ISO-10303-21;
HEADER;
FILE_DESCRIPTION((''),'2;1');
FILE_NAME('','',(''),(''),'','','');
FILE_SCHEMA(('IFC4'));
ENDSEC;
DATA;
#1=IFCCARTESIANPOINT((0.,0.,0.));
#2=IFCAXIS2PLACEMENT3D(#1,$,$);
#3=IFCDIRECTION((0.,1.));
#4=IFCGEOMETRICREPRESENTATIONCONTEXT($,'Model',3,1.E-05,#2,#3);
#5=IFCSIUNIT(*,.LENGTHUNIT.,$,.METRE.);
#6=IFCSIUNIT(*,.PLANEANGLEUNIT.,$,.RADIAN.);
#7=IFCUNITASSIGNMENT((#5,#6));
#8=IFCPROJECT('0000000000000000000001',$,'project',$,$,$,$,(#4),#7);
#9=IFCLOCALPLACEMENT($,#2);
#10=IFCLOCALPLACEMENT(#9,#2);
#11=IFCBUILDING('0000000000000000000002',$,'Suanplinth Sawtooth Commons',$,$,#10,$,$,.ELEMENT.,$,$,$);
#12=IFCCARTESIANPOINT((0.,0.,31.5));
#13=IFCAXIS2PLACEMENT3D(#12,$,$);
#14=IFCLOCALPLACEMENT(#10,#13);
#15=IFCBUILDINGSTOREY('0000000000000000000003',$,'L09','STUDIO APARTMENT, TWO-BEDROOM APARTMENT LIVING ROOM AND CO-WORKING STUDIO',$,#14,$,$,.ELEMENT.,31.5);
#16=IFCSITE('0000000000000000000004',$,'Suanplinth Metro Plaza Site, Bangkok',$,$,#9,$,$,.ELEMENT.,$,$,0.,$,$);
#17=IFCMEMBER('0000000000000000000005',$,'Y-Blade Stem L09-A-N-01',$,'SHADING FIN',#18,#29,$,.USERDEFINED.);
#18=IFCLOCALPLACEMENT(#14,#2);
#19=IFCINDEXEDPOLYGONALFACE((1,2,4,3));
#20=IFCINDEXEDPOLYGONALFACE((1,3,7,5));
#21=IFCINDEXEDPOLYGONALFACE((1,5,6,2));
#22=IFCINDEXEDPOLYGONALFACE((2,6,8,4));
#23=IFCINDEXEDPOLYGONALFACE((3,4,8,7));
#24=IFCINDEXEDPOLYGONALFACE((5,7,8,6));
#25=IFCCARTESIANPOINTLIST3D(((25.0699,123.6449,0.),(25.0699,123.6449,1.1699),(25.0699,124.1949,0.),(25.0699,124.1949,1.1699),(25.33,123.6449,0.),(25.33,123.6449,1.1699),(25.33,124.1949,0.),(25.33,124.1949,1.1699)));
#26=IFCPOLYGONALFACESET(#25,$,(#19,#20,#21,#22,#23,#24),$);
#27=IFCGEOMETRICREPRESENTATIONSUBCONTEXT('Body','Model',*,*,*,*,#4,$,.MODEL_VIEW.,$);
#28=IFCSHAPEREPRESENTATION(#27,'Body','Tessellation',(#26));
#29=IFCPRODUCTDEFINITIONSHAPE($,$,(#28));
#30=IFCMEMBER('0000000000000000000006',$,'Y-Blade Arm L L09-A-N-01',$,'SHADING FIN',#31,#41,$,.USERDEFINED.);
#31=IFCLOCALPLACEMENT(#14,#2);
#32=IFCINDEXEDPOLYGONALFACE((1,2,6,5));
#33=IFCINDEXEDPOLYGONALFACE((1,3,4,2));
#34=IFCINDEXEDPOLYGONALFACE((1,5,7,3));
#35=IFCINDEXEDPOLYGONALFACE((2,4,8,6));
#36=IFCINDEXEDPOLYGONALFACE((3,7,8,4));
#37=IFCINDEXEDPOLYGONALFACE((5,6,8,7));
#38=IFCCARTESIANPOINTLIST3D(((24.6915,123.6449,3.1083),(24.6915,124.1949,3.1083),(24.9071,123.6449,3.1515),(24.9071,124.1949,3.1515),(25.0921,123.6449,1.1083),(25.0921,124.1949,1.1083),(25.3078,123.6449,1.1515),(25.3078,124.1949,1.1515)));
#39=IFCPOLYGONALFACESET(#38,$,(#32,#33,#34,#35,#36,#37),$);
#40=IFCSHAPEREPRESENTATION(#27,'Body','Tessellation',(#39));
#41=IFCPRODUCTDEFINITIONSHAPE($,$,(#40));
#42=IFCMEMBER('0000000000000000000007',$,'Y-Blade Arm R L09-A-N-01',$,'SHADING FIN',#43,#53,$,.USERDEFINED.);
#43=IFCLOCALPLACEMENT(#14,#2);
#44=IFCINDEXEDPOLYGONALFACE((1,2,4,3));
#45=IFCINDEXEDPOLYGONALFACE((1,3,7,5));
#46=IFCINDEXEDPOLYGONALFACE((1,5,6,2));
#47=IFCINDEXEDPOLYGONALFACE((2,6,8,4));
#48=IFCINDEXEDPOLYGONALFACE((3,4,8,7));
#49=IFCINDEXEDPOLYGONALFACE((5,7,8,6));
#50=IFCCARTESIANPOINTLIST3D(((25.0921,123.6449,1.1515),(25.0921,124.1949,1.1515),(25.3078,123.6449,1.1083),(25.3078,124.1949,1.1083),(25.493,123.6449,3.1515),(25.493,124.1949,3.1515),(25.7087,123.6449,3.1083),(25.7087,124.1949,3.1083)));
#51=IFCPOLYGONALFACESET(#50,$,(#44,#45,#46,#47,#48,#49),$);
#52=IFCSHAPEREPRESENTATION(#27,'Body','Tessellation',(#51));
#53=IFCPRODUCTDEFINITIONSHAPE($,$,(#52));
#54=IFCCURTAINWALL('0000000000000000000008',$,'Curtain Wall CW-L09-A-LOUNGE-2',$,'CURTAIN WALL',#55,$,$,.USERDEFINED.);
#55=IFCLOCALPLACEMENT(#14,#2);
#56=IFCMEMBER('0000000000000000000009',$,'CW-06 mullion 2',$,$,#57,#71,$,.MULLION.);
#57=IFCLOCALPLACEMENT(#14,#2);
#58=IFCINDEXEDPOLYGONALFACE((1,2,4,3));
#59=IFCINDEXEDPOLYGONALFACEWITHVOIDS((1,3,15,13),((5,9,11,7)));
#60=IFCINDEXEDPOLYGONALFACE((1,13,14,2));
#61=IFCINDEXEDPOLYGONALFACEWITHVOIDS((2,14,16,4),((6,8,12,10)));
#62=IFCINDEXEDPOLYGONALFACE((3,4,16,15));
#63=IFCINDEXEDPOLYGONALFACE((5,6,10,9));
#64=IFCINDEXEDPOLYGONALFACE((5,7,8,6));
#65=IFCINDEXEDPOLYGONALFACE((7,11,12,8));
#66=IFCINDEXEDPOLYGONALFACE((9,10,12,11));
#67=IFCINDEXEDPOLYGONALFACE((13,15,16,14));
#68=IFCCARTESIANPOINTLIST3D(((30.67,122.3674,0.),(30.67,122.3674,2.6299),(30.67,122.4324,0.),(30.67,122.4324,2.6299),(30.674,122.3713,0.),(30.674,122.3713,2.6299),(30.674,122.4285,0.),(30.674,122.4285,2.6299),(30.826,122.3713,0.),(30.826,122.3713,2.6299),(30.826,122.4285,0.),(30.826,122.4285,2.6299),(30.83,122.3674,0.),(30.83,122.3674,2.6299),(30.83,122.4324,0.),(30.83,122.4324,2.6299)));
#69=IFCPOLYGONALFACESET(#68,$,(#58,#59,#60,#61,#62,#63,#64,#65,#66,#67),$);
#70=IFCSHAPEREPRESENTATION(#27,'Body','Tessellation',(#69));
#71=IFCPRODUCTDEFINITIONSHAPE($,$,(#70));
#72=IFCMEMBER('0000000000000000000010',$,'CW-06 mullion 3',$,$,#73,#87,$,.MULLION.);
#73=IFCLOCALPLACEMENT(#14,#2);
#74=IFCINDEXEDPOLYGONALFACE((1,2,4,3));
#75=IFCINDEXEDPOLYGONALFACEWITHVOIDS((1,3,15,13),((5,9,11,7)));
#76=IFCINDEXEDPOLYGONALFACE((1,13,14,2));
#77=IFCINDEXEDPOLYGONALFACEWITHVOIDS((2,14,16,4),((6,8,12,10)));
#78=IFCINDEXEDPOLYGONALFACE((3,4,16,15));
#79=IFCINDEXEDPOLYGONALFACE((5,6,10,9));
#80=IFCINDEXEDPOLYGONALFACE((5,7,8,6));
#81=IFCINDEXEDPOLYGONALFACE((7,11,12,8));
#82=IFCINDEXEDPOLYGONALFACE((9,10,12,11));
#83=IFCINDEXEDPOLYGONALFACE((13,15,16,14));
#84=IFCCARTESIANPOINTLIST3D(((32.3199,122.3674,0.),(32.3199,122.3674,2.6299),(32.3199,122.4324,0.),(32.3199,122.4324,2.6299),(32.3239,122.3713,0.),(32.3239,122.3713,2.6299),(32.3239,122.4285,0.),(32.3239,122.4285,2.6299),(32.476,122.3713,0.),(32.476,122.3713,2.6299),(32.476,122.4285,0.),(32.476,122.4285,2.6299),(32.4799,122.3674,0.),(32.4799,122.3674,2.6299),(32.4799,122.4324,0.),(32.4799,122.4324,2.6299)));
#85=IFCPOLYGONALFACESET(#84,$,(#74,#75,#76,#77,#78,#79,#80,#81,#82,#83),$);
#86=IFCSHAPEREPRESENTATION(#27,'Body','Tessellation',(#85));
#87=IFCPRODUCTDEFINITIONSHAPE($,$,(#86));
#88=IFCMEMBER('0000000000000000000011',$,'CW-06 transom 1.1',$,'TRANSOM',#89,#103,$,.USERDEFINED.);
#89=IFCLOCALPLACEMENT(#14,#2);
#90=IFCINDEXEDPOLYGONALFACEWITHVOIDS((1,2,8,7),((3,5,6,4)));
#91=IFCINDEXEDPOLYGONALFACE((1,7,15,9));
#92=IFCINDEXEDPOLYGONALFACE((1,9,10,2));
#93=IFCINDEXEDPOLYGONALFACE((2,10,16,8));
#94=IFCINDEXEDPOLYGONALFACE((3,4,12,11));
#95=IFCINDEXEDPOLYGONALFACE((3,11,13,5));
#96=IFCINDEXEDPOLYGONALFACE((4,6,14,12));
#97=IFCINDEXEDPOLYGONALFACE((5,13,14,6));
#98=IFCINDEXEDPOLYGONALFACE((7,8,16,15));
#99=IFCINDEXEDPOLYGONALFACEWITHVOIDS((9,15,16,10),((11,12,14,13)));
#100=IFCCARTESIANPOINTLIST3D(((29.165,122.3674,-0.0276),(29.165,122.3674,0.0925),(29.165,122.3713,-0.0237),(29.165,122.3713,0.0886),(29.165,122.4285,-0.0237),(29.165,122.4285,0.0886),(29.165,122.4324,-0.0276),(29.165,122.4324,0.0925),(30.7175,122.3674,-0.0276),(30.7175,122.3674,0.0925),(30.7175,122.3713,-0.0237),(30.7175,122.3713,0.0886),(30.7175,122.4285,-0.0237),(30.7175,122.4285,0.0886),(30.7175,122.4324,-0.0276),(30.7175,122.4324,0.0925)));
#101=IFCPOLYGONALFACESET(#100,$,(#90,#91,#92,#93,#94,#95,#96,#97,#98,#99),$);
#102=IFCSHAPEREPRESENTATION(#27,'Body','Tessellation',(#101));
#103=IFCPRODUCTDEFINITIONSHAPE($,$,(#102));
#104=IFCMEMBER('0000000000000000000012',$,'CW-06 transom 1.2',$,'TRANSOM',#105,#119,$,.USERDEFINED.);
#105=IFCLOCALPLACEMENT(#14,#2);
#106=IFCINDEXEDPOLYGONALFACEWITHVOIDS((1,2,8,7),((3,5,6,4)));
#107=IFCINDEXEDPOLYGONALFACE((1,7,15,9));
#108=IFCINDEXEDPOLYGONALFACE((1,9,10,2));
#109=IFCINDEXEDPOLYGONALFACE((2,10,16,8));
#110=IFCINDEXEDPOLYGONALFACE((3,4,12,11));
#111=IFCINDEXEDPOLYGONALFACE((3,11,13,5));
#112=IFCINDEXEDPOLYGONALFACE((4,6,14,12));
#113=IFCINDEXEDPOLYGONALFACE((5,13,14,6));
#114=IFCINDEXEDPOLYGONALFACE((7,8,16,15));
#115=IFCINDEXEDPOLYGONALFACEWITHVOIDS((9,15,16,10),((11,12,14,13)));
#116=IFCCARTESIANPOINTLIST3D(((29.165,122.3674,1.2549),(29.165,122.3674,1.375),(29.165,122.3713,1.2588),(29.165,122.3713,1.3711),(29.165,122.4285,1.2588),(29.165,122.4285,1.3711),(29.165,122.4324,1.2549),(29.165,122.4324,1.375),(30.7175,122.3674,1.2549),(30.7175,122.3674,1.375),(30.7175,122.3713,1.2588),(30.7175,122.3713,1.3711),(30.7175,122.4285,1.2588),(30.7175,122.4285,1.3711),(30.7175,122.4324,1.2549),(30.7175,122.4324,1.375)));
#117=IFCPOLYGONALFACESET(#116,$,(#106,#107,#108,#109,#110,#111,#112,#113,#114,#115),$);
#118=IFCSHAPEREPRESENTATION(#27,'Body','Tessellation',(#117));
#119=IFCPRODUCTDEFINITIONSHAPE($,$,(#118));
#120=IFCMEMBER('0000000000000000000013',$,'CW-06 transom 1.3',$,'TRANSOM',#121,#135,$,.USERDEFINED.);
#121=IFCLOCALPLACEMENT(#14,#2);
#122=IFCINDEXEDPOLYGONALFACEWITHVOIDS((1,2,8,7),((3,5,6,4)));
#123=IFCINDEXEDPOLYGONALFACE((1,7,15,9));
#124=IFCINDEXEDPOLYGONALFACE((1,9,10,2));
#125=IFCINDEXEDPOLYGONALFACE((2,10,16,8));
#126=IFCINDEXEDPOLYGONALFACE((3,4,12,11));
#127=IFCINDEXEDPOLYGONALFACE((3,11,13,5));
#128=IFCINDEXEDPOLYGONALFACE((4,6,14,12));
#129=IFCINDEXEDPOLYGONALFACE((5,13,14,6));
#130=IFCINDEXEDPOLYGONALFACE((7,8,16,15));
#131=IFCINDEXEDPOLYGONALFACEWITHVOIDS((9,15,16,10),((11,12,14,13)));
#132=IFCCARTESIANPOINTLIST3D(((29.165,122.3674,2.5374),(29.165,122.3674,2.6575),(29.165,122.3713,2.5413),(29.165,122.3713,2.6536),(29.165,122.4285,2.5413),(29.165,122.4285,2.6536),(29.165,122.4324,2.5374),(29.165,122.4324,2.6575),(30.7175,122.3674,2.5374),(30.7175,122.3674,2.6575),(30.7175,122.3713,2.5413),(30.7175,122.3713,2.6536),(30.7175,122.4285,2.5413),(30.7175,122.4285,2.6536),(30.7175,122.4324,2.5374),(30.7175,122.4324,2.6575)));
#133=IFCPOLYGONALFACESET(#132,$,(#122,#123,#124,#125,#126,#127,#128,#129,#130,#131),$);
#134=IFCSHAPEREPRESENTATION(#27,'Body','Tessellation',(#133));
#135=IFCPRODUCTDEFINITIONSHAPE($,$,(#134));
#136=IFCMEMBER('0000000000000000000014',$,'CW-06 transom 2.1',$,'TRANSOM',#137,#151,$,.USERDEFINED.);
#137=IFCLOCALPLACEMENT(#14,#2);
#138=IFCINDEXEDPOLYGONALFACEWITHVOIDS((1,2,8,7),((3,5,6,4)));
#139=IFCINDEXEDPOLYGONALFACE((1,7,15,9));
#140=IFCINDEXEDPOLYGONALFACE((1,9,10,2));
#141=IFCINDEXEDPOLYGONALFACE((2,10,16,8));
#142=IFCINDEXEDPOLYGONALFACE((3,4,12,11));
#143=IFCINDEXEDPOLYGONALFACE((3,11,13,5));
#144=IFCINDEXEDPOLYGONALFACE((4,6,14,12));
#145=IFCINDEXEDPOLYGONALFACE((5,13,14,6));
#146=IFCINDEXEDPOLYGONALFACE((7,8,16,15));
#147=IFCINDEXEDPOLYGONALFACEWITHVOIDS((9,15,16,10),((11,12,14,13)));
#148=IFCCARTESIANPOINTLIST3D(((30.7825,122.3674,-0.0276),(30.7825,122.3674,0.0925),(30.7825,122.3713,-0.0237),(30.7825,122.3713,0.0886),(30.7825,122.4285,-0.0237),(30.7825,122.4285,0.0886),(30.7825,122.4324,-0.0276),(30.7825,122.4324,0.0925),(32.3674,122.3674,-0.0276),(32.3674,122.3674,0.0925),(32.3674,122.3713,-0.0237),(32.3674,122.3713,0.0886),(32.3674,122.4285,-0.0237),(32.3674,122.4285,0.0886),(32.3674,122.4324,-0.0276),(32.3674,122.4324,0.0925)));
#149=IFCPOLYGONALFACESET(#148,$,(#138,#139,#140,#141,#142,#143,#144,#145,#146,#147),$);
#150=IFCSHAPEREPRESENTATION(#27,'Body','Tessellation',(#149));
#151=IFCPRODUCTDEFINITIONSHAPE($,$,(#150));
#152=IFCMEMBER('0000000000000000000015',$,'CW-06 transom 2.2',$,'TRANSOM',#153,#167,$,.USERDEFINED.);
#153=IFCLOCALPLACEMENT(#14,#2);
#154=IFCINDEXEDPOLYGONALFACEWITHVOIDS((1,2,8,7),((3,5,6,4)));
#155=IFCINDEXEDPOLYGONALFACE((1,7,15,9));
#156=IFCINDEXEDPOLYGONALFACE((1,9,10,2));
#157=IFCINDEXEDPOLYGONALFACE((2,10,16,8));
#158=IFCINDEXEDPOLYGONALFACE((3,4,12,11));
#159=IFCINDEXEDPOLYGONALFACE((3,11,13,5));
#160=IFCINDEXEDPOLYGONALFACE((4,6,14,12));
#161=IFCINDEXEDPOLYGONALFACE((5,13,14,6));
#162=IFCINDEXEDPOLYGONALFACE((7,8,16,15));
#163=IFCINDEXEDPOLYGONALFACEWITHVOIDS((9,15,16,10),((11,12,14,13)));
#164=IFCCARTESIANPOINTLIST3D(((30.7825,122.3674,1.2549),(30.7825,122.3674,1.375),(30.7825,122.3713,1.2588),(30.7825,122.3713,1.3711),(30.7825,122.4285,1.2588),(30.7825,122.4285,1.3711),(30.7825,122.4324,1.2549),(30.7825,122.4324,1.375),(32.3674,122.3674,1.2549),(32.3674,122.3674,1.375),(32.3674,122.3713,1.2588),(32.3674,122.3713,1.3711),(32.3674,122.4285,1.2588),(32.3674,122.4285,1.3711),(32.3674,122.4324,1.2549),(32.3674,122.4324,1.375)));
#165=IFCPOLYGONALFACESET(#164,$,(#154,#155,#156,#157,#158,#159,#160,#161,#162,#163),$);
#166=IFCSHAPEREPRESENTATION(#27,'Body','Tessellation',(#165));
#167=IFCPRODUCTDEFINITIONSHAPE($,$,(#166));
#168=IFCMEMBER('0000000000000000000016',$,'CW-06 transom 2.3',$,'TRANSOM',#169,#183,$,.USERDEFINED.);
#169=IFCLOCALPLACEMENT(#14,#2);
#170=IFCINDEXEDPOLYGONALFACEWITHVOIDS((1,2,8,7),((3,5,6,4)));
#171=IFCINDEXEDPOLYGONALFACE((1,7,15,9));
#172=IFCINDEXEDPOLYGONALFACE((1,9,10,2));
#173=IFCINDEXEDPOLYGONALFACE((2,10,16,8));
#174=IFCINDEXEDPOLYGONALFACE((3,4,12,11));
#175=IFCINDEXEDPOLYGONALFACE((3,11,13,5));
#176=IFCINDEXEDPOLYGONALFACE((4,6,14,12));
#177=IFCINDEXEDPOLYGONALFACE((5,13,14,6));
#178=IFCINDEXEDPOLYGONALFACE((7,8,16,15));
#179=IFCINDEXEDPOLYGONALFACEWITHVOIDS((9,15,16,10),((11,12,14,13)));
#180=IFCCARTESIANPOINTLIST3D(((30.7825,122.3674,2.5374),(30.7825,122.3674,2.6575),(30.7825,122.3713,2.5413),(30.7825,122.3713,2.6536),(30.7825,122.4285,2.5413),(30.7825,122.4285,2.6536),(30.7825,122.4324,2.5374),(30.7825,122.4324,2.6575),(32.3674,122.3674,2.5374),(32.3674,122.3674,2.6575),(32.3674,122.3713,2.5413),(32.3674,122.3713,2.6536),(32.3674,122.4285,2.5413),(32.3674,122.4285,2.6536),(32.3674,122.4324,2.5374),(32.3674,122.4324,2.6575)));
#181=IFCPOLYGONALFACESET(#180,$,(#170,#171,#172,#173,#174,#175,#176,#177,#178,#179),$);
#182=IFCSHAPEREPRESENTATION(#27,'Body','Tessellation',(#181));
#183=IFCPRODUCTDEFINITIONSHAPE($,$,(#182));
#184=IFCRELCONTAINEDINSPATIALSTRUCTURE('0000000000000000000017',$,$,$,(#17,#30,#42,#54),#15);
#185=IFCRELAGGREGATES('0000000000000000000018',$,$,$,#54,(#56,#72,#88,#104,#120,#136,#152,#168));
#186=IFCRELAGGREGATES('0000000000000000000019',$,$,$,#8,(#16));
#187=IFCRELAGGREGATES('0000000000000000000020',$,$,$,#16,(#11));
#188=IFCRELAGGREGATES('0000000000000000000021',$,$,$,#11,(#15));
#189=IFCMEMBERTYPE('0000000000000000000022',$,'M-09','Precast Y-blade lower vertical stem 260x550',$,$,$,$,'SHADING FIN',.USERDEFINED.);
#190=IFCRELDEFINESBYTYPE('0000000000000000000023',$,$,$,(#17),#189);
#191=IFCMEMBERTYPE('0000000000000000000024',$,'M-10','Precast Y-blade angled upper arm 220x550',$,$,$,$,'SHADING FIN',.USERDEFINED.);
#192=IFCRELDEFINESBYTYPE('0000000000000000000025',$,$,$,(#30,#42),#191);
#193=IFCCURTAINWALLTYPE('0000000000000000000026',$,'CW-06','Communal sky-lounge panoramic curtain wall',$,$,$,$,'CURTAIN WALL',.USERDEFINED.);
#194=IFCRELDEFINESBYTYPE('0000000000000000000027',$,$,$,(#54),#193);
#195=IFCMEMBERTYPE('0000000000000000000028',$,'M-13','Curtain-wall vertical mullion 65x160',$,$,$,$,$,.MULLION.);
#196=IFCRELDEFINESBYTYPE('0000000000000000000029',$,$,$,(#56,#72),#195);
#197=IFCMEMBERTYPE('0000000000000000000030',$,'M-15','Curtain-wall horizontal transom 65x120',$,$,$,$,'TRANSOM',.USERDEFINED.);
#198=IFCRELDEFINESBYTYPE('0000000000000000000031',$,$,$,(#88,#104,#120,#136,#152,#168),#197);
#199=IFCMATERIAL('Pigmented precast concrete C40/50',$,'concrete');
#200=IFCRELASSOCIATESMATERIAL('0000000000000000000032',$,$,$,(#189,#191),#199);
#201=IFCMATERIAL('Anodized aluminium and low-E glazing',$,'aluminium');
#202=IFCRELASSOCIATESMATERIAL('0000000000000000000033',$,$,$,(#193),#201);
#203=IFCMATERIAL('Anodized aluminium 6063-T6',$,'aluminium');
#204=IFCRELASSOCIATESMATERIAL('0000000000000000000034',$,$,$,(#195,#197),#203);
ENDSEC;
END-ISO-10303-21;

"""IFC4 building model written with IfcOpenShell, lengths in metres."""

from ifc_helpers import new_model, si_unit, direction, frame, origin, origin_2d, place, context, subcontext, project, spatial, rectangle, hollow_rectangle, extrude, material, material_profile, profile_set, type_object, element, aggregate, save


model = new_model("IFC4")

# Units and contexts
model_context = context("Model", 3, precision=1e-05, world=origin(), true_north=direction((0.0, 1.0)))
body_context = subcontext(model_context, "Body", "Model", "MODEL_VIEW")
ifc_project = project(units=[si_unit("LENGTHUNIT", "METRE"), si_unit("PLANEANGLEUNIT", "RADIAN")], contexts=[model_context])

# Site, building, storey
site_placement = place(None, origin())
site = spatial("IfcSite", under=ifc_project, at=site_placement, Name="Suanplinth Metro Plaza Site, Bangkok", CompositionType="ELEMENT", RefElevation=0.0)
building_placement = place(site_placement, origin())
building = spatial("IfcBuilding", under=site, at=building_placement, Name="Suanplinth Sawtooth Commons", CompositionType="ELEMENT")
storey_placement = place(building_placement, frame((0.0, 0.0, 31.5)))
storey = spatial("IfcBuildingStorey", under=building, at=storey_placement, Name="L09", Description="STUDIO APARTMENT, TWO-BEDROOM APARTMENT LIVING ROOM AND CO-WORKING STUDIO", CompositionType="ELEMENT", Elevation=31.5)

# Members
ifc_material_1 = material(Name="Pigmented precast concrete C40/50", Category="concrete")
ifc_material_profile_1 = material_profile(ifc_material_1, rectangle(XDim=0.26, YDim=0.55, at=origin_2d()), Name="PC-FIN 260x550")
ifc_profile_set_1 = profile_set([ifc_material_profile_1], Name="Pigmented precast concrete C40/50")
member_type_1 = type_object("IfcMemberType", Name="M-09", Description="Precast Y-blade lower vertical stem 260x550", ElementType="SHADING FIN", PredefinedType="USERDEFINED", material=ifc_profile_set_1)
member_1_placement = place(storey_placement, frame((25.2, 123.9199, 0.0), z_axis=(0.0, 0.0, 1.0), x_axis=(1.0, 0.0, 0.0)))
element("IfcMember", 1, at=member_1_placement, inside=storey, type_object=member_type_1, Name="Y-Blade Stem L09-A-N-01", ObjectType="SHADING FIN", PredefinedType="USERDEFINED", context=body_context, shape_type="SweptSolid", body=[
    extrude(rectangle(XDim=0.26, YDim=0.55, at=origin_2d()), origin(), (0.0, 0.0, 1.0), 1.1699),
])
ifc_material_profile_2 = material_profile(ifc_material_1, rectangle(XDim=0.22, YDim=0.55, at=origin_2d()), Name="PC-FIN 220x550")
ifc_profile_set_2 = profile_set([ifc_material_profile_2], Name="Pigmented precast concrete C40/50")
member_type_2 = type_object("IfcMemberType", Name="M-10", Description="Precast Y-blade angled upper arm 220x550", ElementType="SHADING FIN", PredefinedType="USERDEFINED", material=ifc_profile_set_2)
for number, where, z_axis, x_axis, name in (
    (2, (25.2, 123.9199, 1.1299), (-0.196415, 0.0, 0.980521), (0.980521, 0.0, 0.196415), "Y-Blade Arm L L09-A-N-01"),
    (3, (25.2, 123.9199, 1.1299), (0.19653, 0.0, 0.980498), (-0.980498, 0.0, 0.19653), "Y-Blade Arm R L09-A-N-01"),
):
    element("IfcMember", number, at=place(storey_placement, frame(where, z_axis=z_axis, x_axis=x_axis)), inside=storey, type_object=member_type_2, Name=name, ObjectType="SHADING FIN", PredefinedType="USERDEFINED", context=body_context, shape_type="SweptSolid", body=[
        extrude(rectangle(XDim=0.22, YDim=0.55, at=origin_2d()), origin(), (0.0, 0.0, 1.0), 2.0398),
    ])

# Curtain wall, members
ifc_material_2 = material(Name="Anodized aluminium and low-E glazing", Category="aluminium")
curtain_wall_type = type_object("IfcCurtainWallType", Name="CW-06", Description="Communal sky-lounge panoramic curtain wall", ElementType="CURTAIN WALL", PredefinedType="USERDEFINED", material=ifc_material_2)
curtain_wall_placement = place(storey_placement, origin())
curtain_wall = element("IfcCurtainWall", 4, at=curtain_wall_placement, inside=storey, type_object=curtain_wall_type, Name="Curtain Wall CW-L09-A-LOUNGE-2", ObjectType="CURTAIN WALL", PredefinedType="USERDEFINED")
ifc_material_3 = material(Name="Anodized aluminium 6063-T6", Category="aluminium")
ifc_material_profile_3 = material_profile(ifc_material_3, hollow_rectangle(XDim=0.0649, YDim=0.1599, WallThickness=0.0039, at=origin_2d()), Name="ALU-MUL 65x160")
ifc_profile_set_3 = profile_set([ifc_material_profile_3], Name="Anodized aluminium 6063-T6")
member_type_3 = type_object("IfcMemberType", Name="M-13", Description="Curtain-wall vertical mullion 65x160", PredefinedType="MULLION", material=ifc_profile_set_3)
member_2_placement = place(storey_placement, frame((30.75, 122.3999, 0.0), z_axis=(0.0, 0.0, 1.0), x_axis=(0.0, 1.0, 0.0)))
member_2 = element("IfcMember", 5, at=member_2_placement, type_object=member_type_3, Name="CW-06 mullion 2", PredefinedType="MULLION", context=body_context, shape_type="SweptSolid", body=[
    extrude(hollow_rectangle(XDim=0.0649, YDim=0.1599, WallThickness=0.0039, at=origin_2d()), origin(), (0.0, 0.0, 1.0), 2.6299),
])
member_3_placement = place(storey_placement, frame((32.3999, 122.3999, 0.0), z_axis=(0.0, 0.0, 1.0), x_axis=(0.0, 1.0, 0.0)))
member_3 = element("IfcMember", 6, at=member_3_placement, type_object=member_type_3, Name="CW-06 mullion 3", PredefinedType="MULLION", context=body_context, shape_type="SweptSolid", body=[
    extrude(hollow_rectangle(XDim=0.0649, YDim=0.1599, WallThickness=0.0039, at=origin_2d()), origin(), (0.0, 0.0, 1.0), 2.6299),
])
ifc_material_profile_4 = material_profile(ifc_material_3, hollow_rectangle(XDim=0.0649, YDim=0.1201, WallThickness=0.0039, at=origin_2d()), Name="ALU-TRN 65x120")
ifc_profile_set_4 = profile_set([ifc_material_profile_4], Name="Anodized aluminium 6063-T6")
member_type_4 = type_object("IfcMemberType", Name="M-15", Description="Curtain-wall horizontal transom 65x120", ElementType="TRANSOM", PredefinedType="USERDEFINED", material=ifc_profile_set_4)
member_4_placement = place(storey_placement, frame((29.165, 122.3999, 0.0325), z_axis=(1.0, 0.0, 0.0), x_axis=(0.0, 1.0, 0.0)))
member_4 = element("IfcMember", 7, at=member_4_placement, type_object=member_type_4, Name="CW-06 transom 1.1", ObjectType="TRANSOM", PredefinedType="USERDEFINED", context=body_context, shape_type="SweptSolid", body=[
    extrude(hollow_rectangle(XDim=0.0649, YDim=0.1201, WallThickness=0.0039, at=origin_2d()), origin(), (0.0, 0.0, 1.0), 1.5525),
])
member_5_placement = place(storey_placement, frame((29.165, 122.3999, 1.3149), z_axis=(1.0, 0.0, 0.0), x_axis=(0.0, 1.0, 0.0)))
member_5 = element("IfcMember", 8, at=member_5_placement, type_object=member_type_4, Name="CW-06 transom 1.2", ObjectType="TRANSOM", PredefinedType="USERDEFINED", context=body_context, shape_type="SweptSolid", body=[
    extrude(hollow_rectangle(XDim=0.0649, YDim=0.1201, WallThickness=0.0039, at=origin_2d()), origin(), (0.0, 0.0, 1.0), 1.5525),
])
member_6_placement = place(storey_placement, frame((29.165, 122.3999, 2.5974), z_axis=(1.0, 0.0, 0.0), x_axis=(0.0, 1.0, 0.0)))
member_6 = element("IfcMember", 9, at=member_6_placement, type_object=member_type_4, Name="CW-06 transom 1.3", ObjectType="TRANSOM", PredefinedType="USERDEFINED", context=body_context, shape_type="SweptSolid", body=[
    extrude(hollow_rectangle(XDim=0.0649, YDim=0.1201, WallThickness=0.0039, at=origin_2d()), origin(), (0.0, 0.0, 1.0), 1.5525),
])
member_7_placement = place(storey_placement, frame((30.7825, 122.3999, 0.0325), z_axis=(1.0, 0.0, 0.0), x_axis=(0.0, 1.0, 0.0)))
member_7 = element("IfcMember", 10, at=member_7_placement, type_object=member_type_4, Name="CW-06 transom 2.1", ObjectType="TRANSOM", PredefinedType="USERDEFINED", context=body_context, shape_type="SweptSolid", body=[
    extrude(hollow_rectangle(XDim=0.0649, YDim=0.1201, WallThickness=0.0039, at=origin_2d()), origin(), (0.0, 0.0, 1.0), 1.585),
])
member_8_placement = place(storey_placement, frame((30.7825, 122.3999, 1.3149), z_axis=(1.0, 0.0, 0.0), x_axis=(0.0, 1.0, 0.0)))
member_8 = element("IfcMember", 11, at=member_8_placement, type_object=member_type_4, Name="CW-06 transom 2.2", ObjectType="TRANSOM", PredefinedType="USERDEFINED", context=body_context, shape_type="SweptSolid", body=[
    extrude(hollow_rectangle(XDim=0.0649, YDim=0.1201, WallThickness=0.0039, at=origin_2d()), origin(), (0.0, 0.0, 1.0), 1.585),
])
member_9_placement = place(storey_placement, frame((30.7825, 122.3999, 2.5974), z_axis=(1.0, 0.0, 0.0), x_axis=(0.0, 1.0, 0.0)))
member_9 = element("IfcMember", 12, at=member_9_placement, type_object=member_type_4, Name="CW-06 transom 2.3", ObjectType="TRANSOM", PredefinedType="USERDEFINED", context=body_context, shape_type="SweptSolid", body=[
    extrude(hollow_rectangle(XDim=0.0649, YDim=0.1201, WallThickness=0.0039, at=origin_2d()), origin(), (0.0, 0.0, 1.0), 1.585),
])

aggregate(curtain_wall, [member_2, member_3, member_4, member_5, member_6, member_7, member_8, member_9])

save(model, "model.ifc")
